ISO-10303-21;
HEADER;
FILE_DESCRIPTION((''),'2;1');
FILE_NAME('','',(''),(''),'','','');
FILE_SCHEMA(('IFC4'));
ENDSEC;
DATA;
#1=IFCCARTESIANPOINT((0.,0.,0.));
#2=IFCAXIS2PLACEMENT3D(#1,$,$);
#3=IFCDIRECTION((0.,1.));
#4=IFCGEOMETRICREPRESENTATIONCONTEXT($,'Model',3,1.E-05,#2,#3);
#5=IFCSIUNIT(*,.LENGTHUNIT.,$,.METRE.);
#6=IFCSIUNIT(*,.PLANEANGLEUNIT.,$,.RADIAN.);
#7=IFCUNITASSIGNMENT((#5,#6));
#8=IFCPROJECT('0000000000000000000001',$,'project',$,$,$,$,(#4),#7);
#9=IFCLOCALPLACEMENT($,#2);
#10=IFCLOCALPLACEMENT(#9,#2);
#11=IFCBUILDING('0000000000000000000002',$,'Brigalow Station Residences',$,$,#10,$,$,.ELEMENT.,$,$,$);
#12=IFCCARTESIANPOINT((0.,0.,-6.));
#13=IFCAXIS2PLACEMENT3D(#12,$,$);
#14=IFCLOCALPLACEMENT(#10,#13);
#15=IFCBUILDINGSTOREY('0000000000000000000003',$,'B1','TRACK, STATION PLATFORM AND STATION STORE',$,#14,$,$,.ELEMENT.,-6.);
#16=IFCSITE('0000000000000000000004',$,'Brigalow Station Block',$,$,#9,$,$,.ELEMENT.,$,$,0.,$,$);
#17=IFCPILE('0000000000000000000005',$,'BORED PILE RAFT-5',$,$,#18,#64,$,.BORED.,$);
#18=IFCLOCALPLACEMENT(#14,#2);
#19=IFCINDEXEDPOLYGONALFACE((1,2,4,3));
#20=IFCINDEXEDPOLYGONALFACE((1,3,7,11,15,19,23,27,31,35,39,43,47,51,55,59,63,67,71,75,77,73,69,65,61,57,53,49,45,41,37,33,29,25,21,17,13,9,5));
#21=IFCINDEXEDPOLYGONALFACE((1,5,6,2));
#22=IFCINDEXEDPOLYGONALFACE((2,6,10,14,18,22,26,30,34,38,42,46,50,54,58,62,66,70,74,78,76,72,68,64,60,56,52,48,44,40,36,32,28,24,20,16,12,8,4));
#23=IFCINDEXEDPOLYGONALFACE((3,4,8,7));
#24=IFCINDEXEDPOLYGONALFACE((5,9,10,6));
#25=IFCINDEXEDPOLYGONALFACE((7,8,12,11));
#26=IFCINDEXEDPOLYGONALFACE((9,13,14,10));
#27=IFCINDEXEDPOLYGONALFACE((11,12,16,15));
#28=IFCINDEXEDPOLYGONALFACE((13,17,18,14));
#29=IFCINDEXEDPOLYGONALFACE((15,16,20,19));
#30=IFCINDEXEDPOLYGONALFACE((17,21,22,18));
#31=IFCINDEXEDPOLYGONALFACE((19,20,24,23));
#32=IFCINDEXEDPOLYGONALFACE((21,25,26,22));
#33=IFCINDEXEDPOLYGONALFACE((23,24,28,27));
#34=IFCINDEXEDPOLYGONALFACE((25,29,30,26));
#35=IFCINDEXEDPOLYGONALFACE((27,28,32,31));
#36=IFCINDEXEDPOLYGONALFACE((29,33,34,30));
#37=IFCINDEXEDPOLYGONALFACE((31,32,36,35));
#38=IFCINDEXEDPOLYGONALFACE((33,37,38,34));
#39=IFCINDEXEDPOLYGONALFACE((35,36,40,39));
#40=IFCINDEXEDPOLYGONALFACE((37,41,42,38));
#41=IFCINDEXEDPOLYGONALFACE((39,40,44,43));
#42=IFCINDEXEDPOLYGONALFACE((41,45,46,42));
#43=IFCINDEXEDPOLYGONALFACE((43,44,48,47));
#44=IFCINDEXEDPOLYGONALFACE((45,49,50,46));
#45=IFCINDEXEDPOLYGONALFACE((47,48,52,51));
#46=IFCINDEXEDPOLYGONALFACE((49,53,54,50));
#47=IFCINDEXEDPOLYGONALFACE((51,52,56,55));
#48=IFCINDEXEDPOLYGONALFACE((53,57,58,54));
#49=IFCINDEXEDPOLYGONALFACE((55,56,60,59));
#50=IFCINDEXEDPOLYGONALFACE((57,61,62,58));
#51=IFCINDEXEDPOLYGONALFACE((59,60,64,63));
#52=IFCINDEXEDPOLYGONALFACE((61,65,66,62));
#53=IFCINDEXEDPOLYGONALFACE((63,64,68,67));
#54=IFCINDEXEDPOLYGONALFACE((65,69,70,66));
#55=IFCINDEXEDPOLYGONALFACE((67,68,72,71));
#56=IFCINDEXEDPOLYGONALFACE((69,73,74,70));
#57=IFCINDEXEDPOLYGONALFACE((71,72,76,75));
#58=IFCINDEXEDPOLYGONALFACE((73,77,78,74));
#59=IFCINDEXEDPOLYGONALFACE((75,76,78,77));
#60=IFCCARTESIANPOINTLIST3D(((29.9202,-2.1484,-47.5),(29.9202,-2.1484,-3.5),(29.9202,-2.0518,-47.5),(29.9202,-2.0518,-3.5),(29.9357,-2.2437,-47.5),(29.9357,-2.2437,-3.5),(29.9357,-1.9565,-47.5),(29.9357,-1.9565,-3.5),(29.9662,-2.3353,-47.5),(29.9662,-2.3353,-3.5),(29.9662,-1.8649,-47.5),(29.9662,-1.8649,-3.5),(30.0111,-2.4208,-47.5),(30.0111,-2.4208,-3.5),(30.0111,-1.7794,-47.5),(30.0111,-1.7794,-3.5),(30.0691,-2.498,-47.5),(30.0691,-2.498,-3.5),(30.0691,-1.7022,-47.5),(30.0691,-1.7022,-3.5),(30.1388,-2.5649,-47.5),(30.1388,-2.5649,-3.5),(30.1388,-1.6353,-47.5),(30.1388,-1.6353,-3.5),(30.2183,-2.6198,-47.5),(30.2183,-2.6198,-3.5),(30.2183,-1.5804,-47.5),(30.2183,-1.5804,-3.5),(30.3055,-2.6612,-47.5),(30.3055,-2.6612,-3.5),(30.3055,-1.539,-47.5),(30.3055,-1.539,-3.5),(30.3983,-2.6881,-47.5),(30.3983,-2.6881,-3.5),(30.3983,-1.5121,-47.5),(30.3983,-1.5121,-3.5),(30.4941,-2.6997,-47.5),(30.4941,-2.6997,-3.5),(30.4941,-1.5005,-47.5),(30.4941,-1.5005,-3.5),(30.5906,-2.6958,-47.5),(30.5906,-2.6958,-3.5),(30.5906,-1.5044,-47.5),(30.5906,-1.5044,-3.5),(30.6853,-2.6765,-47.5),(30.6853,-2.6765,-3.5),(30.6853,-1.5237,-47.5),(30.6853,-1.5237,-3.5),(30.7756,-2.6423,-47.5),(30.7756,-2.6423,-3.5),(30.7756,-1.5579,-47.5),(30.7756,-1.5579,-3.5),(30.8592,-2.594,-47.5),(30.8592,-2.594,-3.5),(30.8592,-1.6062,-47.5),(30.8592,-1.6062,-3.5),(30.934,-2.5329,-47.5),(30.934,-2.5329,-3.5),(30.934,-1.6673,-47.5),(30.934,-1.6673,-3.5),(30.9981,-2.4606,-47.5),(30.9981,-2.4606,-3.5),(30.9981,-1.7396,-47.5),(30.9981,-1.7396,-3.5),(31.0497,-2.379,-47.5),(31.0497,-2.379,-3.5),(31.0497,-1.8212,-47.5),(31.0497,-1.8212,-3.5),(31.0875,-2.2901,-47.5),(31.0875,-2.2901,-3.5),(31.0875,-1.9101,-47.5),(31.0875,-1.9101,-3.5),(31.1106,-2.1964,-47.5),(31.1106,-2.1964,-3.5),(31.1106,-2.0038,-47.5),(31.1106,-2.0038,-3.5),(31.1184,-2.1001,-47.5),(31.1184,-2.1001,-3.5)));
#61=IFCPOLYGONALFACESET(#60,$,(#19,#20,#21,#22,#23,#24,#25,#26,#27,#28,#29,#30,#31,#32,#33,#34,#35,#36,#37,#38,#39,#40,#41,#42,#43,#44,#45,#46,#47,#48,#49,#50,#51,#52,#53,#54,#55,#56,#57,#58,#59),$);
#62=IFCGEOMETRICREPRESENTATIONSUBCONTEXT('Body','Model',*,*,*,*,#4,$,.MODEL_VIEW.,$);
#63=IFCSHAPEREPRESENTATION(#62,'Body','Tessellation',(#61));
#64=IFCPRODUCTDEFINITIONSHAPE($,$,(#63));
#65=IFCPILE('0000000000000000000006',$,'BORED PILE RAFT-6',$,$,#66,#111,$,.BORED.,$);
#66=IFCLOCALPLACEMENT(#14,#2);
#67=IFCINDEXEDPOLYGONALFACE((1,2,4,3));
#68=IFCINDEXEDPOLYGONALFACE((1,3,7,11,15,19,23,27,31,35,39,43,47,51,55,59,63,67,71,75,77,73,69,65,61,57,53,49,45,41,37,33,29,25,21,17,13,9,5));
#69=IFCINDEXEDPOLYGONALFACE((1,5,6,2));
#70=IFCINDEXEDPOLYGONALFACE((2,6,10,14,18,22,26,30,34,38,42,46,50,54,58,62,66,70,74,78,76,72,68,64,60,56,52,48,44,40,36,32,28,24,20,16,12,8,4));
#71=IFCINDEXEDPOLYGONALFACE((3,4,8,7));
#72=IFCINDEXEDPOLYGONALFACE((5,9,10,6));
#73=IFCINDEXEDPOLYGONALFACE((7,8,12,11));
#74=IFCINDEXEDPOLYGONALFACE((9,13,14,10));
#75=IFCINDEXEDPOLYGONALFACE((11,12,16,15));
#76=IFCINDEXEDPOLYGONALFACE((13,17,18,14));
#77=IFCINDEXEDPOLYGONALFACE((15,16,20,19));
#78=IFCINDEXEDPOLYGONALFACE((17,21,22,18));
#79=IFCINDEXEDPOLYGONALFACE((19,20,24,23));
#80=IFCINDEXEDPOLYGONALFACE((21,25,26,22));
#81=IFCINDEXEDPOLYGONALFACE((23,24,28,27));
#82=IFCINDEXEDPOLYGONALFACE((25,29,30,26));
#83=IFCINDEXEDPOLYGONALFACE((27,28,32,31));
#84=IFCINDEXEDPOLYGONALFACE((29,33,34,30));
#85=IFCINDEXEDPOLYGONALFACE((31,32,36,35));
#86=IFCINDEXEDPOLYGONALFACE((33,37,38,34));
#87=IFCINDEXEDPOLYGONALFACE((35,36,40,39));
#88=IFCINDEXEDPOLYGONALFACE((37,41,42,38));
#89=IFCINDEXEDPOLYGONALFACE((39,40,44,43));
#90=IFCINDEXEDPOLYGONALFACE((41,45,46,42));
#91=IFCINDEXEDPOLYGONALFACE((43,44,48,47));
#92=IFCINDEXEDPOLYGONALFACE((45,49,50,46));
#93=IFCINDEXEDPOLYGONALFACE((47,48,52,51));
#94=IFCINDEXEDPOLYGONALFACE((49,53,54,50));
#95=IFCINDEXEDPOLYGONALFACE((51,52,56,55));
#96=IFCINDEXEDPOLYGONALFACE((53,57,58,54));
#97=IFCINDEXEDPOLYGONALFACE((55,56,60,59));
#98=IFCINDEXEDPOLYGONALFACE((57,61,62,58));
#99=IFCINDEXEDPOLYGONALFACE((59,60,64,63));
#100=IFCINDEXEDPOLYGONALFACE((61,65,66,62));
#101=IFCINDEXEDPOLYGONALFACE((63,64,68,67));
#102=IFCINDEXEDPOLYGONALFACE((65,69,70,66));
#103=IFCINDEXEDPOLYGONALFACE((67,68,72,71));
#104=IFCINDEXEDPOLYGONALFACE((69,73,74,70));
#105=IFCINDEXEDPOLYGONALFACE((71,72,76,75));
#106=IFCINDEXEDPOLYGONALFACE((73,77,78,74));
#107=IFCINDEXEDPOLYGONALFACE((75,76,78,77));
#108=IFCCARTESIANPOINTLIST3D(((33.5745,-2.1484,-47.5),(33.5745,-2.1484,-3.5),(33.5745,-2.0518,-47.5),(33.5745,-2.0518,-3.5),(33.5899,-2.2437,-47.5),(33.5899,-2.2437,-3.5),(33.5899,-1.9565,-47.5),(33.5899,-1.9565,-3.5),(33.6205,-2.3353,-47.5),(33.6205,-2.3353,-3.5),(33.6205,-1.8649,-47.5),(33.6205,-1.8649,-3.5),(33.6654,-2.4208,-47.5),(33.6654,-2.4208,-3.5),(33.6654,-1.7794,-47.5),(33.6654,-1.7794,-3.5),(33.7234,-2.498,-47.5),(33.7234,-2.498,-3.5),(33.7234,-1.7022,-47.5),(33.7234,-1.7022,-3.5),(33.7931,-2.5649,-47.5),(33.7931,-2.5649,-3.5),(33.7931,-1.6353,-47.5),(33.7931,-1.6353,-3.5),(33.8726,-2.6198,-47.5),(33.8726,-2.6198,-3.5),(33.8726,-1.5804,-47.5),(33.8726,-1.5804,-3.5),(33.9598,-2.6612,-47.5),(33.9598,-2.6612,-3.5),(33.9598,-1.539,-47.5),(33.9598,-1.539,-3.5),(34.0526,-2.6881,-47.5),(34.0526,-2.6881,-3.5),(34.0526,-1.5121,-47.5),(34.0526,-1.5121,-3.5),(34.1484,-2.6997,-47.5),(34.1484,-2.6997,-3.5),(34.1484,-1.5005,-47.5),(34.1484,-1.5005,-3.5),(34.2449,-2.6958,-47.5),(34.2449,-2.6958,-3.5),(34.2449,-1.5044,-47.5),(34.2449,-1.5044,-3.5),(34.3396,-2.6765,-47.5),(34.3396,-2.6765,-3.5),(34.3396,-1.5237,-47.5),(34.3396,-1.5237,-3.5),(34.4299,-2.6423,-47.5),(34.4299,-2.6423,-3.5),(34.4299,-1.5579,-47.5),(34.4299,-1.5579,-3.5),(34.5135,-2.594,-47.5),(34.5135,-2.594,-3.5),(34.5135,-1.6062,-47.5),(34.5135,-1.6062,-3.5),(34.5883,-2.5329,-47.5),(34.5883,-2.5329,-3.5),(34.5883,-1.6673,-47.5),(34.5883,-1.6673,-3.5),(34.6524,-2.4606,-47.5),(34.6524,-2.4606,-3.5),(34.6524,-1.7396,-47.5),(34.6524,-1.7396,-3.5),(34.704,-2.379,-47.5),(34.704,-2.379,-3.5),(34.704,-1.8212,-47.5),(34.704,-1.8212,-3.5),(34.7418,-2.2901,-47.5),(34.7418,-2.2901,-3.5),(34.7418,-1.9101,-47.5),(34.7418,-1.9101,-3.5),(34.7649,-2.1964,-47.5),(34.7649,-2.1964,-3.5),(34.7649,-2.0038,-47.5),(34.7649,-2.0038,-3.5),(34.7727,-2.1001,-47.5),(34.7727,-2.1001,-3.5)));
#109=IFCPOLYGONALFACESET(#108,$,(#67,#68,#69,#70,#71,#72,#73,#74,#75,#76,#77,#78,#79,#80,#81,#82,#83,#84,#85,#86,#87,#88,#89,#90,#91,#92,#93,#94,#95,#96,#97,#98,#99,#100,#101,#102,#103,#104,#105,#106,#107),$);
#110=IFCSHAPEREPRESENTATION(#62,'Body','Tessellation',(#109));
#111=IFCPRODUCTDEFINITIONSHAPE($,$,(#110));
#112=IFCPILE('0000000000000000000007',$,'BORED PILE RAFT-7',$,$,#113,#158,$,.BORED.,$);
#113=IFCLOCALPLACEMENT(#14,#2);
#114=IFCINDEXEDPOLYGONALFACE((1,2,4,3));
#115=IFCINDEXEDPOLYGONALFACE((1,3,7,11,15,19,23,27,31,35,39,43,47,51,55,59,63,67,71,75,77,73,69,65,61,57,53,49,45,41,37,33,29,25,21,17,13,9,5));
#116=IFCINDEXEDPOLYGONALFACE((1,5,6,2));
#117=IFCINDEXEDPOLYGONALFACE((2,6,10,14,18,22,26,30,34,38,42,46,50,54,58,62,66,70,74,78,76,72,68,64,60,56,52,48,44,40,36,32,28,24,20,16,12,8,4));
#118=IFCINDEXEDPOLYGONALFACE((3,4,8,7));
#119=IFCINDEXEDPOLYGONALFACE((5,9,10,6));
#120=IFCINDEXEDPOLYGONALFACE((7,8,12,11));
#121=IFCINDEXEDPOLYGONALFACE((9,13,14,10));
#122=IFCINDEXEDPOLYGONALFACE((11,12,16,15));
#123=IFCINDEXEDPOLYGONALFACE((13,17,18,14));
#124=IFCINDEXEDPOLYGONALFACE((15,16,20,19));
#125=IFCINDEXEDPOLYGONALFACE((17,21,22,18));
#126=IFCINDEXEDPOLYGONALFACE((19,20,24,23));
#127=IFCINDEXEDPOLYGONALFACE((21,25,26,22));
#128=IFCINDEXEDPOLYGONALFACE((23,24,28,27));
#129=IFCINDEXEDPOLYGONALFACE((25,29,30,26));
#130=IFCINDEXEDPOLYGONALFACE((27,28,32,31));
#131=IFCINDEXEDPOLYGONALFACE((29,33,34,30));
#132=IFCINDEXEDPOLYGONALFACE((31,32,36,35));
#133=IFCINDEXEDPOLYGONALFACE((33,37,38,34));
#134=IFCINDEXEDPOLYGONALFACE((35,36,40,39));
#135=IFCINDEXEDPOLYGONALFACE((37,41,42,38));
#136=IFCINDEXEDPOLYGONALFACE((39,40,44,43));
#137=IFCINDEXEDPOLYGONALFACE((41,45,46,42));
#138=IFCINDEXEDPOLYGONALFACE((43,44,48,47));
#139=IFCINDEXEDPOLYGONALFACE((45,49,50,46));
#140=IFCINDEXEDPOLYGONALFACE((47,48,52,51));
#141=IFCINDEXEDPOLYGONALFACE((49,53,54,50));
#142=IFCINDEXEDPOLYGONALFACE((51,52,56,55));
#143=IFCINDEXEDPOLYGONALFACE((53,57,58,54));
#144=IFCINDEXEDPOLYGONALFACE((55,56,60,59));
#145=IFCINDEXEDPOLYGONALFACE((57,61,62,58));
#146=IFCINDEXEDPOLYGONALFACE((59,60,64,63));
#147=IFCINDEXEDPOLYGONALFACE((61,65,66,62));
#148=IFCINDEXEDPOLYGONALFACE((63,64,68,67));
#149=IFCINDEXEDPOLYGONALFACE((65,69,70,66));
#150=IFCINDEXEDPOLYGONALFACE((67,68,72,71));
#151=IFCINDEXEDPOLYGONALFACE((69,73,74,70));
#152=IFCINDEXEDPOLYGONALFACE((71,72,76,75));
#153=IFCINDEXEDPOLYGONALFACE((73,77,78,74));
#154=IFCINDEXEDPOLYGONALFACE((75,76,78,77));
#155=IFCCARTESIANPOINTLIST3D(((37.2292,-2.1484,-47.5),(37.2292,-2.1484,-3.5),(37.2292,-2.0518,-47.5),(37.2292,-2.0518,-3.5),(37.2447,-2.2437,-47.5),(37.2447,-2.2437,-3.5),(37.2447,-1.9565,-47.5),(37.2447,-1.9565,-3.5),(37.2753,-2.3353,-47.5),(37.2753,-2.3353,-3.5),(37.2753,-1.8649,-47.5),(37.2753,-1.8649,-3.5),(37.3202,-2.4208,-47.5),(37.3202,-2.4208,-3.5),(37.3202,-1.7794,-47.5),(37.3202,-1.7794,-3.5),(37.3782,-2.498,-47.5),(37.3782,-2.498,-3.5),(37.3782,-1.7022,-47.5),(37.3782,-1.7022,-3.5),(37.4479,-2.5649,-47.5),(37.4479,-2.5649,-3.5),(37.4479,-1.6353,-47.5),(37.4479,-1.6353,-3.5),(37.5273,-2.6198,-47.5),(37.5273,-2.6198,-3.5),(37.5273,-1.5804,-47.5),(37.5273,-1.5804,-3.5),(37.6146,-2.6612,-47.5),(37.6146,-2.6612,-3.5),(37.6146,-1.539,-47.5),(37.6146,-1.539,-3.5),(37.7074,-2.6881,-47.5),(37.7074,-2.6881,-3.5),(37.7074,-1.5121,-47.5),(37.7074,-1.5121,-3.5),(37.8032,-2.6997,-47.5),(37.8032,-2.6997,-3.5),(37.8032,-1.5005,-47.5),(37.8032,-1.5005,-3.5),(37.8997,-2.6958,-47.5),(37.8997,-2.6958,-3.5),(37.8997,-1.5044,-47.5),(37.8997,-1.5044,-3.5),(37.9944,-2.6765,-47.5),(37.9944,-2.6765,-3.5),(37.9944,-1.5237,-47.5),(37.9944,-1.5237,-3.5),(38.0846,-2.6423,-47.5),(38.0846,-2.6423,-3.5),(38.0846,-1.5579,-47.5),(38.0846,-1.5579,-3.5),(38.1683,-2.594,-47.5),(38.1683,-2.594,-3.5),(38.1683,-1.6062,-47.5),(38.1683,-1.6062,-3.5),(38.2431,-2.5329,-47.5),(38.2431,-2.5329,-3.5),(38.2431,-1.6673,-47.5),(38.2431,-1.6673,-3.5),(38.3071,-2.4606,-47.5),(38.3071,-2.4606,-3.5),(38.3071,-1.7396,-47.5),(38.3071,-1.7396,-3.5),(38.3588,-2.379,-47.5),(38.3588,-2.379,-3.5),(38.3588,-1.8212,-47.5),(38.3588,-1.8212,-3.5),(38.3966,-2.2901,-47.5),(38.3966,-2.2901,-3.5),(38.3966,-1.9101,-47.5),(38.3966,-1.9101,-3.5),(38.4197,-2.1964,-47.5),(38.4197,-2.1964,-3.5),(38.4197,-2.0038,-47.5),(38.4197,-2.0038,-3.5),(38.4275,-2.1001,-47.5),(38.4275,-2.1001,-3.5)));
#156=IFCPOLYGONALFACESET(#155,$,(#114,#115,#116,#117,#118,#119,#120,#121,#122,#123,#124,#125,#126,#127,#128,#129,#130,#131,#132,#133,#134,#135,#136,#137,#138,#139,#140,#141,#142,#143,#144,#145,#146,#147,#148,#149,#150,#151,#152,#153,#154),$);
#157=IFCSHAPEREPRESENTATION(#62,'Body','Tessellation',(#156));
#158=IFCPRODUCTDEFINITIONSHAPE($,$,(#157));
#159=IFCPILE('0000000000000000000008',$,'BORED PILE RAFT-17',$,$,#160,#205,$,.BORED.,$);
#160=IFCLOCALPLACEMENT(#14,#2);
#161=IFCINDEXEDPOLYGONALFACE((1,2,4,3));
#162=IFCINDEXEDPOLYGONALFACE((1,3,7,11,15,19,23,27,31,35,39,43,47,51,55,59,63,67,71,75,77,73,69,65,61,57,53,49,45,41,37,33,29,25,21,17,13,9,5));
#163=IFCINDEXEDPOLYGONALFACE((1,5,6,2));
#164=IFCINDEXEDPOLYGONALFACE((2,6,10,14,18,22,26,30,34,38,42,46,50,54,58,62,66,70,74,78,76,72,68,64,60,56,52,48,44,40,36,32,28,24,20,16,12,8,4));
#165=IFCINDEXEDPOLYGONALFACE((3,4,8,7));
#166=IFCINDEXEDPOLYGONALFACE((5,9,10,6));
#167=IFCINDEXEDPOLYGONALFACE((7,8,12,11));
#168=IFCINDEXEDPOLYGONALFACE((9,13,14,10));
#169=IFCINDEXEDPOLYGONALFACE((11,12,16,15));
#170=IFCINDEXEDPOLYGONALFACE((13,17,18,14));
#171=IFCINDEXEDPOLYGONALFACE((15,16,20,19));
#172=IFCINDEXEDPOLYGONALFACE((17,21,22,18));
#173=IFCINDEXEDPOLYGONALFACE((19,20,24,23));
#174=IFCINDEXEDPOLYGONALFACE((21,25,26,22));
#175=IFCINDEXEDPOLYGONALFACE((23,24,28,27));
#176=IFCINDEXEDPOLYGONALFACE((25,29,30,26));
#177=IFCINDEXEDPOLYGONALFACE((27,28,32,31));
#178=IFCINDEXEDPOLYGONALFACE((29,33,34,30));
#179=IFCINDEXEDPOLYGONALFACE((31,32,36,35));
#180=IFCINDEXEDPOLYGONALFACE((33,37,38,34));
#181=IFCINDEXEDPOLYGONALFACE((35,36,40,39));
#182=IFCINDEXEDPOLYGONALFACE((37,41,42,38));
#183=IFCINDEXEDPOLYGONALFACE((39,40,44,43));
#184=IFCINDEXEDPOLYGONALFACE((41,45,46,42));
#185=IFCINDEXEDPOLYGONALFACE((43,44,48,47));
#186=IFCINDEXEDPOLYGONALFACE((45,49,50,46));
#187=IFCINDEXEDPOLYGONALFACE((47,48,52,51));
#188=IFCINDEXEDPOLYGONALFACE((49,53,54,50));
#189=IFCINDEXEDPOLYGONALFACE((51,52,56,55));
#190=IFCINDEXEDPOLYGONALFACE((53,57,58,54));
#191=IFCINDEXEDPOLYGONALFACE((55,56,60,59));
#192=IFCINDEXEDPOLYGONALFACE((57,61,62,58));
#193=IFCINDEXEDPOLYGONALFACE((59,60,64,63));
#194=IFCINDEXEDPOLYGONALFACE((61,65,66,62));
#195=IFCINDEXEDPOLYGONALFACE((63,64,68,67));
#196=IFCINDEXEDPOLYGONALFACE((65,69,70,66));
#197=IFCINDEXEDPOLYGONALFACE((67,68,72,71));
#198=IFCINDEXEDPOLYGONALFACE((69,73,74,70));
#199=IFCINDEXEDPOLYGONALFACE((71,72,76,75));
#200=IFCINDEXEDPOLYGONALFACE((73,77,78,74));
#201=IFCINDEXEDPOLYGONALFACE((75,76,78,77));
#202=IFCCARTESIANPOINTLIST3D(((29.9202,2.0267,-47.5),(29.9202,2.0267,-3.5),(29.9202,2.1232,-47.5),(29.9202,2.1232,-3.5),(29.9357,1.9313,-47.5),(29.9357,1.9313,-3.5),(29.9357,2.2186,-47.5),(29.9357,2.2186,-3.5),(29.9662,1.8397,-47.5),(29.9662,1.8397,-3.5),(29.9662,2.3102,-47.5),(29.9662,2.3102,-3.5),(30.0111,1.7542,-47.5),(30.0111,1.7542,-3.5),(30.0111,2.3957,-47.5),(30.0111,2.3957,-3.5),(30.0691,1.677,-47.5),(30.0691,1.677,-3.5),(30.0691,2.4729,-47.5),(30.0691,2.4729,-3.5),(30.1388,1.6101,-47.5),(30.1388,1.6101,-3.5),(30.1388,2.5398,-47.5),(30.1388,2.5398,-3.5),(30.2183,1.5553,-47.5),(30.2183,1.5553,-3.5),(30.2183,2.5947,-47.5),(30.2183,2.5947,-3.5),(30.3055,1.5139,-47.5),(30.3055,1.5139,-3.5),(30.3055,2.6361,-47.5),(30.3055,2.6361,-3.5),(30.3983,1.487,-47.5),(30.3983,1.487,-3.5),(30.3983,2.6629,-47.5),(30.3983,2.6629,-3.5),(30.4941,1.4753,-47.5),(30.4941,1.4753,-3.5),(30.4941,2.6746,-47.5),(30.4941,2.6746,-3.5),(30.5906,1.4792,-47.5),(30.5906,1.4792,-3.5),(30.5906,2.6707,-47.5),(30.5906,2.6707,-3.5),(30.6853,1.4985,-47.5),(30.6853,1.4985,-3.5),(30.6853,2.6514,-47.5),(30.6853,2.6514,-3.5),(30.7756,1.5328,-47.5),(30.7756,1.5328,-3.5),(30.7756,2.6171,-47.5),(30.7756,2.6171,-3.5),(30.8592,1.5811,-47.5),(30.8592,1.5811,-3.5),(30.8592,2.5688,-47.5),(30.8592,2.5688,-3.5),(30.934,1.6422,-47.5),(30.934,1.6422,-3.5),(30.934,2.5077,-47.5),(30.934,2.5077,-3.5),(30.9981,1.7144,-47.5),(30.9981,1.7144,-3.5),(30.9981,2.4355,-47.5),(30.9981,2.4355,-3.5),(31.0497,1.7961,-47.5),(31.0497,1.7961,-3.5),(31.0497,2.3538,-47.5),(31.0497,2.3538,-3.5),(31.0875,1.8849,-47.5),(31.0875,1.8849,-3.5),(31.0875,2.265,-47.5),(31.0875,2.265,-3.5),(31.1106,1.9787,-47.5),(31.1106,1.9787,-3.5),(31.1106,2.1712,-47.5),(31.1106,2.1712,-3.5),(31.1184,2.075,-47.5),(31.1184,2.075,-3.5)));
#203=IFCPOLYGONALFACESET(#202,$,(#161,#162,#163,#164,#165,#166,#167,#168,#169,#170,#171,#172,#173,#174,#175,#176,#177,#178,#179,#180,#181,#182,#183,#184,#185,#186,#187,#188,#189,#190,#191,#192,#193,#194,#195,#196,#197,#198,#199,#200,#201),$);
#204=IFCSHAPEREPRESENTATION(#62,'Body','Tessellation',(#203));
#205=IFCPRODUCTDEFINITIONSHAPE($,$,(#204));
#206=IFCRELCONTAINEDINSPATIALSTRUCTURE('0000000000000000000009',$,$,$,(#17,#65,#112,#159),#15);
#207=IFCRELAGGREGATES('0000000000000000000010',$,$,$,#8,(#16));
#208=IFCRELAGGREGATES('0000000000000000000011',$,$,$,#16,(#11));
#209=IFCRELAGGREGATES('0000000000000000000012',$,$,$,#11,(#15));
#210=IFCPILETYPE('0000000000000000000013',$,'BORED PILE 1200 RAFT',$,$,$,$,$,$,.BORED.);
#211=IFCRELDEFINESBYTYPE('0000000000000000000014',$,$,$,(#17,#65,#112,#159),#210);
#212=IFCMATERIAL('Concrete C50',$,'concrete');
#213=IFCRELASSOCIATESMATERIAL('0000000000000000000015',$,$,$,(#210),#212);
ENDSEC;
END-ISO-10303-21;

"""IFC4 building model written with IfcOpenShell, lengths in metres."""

from ifc_helpers import new_model, si_unit, direction, frame, origin, origin_2d, place, context, subcontext, project, spatial, circle, extrude, material, material_profile, profile_set, type_object, element, save


model = new_model("IFC4")

# Units and contexts
model_context = context("Model", 3, precision=1e-05, world=origin(), true_north=direction((0.0, 1.0)))
body_context = subcontext(model_context, "Body", "Model", "MODEL_VIEW")
ifc_project = project(units=[si_unit("LENGTHUNIT", "METRE"), si_unit("PLANEANGLEUNIT", "RADIAN")], contexts=[model_context])

# Site, building, storey
site_placement = place(None, origin())
site = spatial("IfcSite", under=ifc_project, at=site_placement, Name="Brigalow Station Block", CompositionType="ELEMENT", RefElevation=0.0)
building_placement = place(site_placement, origin())
building = spatial("IfcBuilding", under=site, at=building_placement, Name="Brigalow Station Residences", CompositionType="ELEMENT")
storey_placement = place(building_placement, frame((0.0, 0.0, -6.0)))
storey = spatial("IfcBuildingStorey", under=building, at=storey_placement, Name="B1", Description="TRACK, STATION PLATFORM AND STATION STORE", CompositionType="ELEMENT", Elevation=-6.0)

# Piles
ifc_material_1 = material(Name="Concrete C50", Category="concrete")
ifc_material_profile_1 = material_profile(ifc_material_1, circle(Radius=0.6001, at=origin_2d()), Name="BP1200")
ifc_profile_set_1 = profile_set([ifc_material_profile_1], Name="Concrete C50")
pile_type_1 = type_object("IfcPileType", Name="BORED PILE 1200 RAFT", PredefinedType="BORED", material=ifc_profile_set_1)
for number, where, z_axis, x_axis, name in (
    (1, (30.5183, -2.1001, -3.5), (0.0, 0.0, -1.0), (1.0, 0.0, 0.0), "BORED PILE RAFT-5"),
    (2, (34.1726, -2.1001, -3.5), (0.0, 0.0, -1.0), (1.0, 0.0, 0.0), "BORED PILE RAFT-6"),
    (3, (37.8274, -2.1001, -3.5), (0.0, 0.0, -1.0), (1.0, 0.0, 0.0), "BORED PILE RAFT-7"),
    (4, (30.5183, 2.075, -3.5), (0.0, 0.0, -1.0), (1.0, 0.0, 0.0), "BORED PILE RAFT-17"),
):
    element("IfcPile", number, at=place(storey_placement, frame(where, z_axis=z_axis, x_axis=x_axis)), inside=storey, type_object=pile_type_1, Name=name, PredefinedType="BORED", context=body_context, shape_type="SweptSolid", body=[
        extrude(circle(Radius=0.6001, at=origin_2d()), origin(), (0.0, 0.0, 1.0), 44.0),
    ])

save(model, "model.ifc")
